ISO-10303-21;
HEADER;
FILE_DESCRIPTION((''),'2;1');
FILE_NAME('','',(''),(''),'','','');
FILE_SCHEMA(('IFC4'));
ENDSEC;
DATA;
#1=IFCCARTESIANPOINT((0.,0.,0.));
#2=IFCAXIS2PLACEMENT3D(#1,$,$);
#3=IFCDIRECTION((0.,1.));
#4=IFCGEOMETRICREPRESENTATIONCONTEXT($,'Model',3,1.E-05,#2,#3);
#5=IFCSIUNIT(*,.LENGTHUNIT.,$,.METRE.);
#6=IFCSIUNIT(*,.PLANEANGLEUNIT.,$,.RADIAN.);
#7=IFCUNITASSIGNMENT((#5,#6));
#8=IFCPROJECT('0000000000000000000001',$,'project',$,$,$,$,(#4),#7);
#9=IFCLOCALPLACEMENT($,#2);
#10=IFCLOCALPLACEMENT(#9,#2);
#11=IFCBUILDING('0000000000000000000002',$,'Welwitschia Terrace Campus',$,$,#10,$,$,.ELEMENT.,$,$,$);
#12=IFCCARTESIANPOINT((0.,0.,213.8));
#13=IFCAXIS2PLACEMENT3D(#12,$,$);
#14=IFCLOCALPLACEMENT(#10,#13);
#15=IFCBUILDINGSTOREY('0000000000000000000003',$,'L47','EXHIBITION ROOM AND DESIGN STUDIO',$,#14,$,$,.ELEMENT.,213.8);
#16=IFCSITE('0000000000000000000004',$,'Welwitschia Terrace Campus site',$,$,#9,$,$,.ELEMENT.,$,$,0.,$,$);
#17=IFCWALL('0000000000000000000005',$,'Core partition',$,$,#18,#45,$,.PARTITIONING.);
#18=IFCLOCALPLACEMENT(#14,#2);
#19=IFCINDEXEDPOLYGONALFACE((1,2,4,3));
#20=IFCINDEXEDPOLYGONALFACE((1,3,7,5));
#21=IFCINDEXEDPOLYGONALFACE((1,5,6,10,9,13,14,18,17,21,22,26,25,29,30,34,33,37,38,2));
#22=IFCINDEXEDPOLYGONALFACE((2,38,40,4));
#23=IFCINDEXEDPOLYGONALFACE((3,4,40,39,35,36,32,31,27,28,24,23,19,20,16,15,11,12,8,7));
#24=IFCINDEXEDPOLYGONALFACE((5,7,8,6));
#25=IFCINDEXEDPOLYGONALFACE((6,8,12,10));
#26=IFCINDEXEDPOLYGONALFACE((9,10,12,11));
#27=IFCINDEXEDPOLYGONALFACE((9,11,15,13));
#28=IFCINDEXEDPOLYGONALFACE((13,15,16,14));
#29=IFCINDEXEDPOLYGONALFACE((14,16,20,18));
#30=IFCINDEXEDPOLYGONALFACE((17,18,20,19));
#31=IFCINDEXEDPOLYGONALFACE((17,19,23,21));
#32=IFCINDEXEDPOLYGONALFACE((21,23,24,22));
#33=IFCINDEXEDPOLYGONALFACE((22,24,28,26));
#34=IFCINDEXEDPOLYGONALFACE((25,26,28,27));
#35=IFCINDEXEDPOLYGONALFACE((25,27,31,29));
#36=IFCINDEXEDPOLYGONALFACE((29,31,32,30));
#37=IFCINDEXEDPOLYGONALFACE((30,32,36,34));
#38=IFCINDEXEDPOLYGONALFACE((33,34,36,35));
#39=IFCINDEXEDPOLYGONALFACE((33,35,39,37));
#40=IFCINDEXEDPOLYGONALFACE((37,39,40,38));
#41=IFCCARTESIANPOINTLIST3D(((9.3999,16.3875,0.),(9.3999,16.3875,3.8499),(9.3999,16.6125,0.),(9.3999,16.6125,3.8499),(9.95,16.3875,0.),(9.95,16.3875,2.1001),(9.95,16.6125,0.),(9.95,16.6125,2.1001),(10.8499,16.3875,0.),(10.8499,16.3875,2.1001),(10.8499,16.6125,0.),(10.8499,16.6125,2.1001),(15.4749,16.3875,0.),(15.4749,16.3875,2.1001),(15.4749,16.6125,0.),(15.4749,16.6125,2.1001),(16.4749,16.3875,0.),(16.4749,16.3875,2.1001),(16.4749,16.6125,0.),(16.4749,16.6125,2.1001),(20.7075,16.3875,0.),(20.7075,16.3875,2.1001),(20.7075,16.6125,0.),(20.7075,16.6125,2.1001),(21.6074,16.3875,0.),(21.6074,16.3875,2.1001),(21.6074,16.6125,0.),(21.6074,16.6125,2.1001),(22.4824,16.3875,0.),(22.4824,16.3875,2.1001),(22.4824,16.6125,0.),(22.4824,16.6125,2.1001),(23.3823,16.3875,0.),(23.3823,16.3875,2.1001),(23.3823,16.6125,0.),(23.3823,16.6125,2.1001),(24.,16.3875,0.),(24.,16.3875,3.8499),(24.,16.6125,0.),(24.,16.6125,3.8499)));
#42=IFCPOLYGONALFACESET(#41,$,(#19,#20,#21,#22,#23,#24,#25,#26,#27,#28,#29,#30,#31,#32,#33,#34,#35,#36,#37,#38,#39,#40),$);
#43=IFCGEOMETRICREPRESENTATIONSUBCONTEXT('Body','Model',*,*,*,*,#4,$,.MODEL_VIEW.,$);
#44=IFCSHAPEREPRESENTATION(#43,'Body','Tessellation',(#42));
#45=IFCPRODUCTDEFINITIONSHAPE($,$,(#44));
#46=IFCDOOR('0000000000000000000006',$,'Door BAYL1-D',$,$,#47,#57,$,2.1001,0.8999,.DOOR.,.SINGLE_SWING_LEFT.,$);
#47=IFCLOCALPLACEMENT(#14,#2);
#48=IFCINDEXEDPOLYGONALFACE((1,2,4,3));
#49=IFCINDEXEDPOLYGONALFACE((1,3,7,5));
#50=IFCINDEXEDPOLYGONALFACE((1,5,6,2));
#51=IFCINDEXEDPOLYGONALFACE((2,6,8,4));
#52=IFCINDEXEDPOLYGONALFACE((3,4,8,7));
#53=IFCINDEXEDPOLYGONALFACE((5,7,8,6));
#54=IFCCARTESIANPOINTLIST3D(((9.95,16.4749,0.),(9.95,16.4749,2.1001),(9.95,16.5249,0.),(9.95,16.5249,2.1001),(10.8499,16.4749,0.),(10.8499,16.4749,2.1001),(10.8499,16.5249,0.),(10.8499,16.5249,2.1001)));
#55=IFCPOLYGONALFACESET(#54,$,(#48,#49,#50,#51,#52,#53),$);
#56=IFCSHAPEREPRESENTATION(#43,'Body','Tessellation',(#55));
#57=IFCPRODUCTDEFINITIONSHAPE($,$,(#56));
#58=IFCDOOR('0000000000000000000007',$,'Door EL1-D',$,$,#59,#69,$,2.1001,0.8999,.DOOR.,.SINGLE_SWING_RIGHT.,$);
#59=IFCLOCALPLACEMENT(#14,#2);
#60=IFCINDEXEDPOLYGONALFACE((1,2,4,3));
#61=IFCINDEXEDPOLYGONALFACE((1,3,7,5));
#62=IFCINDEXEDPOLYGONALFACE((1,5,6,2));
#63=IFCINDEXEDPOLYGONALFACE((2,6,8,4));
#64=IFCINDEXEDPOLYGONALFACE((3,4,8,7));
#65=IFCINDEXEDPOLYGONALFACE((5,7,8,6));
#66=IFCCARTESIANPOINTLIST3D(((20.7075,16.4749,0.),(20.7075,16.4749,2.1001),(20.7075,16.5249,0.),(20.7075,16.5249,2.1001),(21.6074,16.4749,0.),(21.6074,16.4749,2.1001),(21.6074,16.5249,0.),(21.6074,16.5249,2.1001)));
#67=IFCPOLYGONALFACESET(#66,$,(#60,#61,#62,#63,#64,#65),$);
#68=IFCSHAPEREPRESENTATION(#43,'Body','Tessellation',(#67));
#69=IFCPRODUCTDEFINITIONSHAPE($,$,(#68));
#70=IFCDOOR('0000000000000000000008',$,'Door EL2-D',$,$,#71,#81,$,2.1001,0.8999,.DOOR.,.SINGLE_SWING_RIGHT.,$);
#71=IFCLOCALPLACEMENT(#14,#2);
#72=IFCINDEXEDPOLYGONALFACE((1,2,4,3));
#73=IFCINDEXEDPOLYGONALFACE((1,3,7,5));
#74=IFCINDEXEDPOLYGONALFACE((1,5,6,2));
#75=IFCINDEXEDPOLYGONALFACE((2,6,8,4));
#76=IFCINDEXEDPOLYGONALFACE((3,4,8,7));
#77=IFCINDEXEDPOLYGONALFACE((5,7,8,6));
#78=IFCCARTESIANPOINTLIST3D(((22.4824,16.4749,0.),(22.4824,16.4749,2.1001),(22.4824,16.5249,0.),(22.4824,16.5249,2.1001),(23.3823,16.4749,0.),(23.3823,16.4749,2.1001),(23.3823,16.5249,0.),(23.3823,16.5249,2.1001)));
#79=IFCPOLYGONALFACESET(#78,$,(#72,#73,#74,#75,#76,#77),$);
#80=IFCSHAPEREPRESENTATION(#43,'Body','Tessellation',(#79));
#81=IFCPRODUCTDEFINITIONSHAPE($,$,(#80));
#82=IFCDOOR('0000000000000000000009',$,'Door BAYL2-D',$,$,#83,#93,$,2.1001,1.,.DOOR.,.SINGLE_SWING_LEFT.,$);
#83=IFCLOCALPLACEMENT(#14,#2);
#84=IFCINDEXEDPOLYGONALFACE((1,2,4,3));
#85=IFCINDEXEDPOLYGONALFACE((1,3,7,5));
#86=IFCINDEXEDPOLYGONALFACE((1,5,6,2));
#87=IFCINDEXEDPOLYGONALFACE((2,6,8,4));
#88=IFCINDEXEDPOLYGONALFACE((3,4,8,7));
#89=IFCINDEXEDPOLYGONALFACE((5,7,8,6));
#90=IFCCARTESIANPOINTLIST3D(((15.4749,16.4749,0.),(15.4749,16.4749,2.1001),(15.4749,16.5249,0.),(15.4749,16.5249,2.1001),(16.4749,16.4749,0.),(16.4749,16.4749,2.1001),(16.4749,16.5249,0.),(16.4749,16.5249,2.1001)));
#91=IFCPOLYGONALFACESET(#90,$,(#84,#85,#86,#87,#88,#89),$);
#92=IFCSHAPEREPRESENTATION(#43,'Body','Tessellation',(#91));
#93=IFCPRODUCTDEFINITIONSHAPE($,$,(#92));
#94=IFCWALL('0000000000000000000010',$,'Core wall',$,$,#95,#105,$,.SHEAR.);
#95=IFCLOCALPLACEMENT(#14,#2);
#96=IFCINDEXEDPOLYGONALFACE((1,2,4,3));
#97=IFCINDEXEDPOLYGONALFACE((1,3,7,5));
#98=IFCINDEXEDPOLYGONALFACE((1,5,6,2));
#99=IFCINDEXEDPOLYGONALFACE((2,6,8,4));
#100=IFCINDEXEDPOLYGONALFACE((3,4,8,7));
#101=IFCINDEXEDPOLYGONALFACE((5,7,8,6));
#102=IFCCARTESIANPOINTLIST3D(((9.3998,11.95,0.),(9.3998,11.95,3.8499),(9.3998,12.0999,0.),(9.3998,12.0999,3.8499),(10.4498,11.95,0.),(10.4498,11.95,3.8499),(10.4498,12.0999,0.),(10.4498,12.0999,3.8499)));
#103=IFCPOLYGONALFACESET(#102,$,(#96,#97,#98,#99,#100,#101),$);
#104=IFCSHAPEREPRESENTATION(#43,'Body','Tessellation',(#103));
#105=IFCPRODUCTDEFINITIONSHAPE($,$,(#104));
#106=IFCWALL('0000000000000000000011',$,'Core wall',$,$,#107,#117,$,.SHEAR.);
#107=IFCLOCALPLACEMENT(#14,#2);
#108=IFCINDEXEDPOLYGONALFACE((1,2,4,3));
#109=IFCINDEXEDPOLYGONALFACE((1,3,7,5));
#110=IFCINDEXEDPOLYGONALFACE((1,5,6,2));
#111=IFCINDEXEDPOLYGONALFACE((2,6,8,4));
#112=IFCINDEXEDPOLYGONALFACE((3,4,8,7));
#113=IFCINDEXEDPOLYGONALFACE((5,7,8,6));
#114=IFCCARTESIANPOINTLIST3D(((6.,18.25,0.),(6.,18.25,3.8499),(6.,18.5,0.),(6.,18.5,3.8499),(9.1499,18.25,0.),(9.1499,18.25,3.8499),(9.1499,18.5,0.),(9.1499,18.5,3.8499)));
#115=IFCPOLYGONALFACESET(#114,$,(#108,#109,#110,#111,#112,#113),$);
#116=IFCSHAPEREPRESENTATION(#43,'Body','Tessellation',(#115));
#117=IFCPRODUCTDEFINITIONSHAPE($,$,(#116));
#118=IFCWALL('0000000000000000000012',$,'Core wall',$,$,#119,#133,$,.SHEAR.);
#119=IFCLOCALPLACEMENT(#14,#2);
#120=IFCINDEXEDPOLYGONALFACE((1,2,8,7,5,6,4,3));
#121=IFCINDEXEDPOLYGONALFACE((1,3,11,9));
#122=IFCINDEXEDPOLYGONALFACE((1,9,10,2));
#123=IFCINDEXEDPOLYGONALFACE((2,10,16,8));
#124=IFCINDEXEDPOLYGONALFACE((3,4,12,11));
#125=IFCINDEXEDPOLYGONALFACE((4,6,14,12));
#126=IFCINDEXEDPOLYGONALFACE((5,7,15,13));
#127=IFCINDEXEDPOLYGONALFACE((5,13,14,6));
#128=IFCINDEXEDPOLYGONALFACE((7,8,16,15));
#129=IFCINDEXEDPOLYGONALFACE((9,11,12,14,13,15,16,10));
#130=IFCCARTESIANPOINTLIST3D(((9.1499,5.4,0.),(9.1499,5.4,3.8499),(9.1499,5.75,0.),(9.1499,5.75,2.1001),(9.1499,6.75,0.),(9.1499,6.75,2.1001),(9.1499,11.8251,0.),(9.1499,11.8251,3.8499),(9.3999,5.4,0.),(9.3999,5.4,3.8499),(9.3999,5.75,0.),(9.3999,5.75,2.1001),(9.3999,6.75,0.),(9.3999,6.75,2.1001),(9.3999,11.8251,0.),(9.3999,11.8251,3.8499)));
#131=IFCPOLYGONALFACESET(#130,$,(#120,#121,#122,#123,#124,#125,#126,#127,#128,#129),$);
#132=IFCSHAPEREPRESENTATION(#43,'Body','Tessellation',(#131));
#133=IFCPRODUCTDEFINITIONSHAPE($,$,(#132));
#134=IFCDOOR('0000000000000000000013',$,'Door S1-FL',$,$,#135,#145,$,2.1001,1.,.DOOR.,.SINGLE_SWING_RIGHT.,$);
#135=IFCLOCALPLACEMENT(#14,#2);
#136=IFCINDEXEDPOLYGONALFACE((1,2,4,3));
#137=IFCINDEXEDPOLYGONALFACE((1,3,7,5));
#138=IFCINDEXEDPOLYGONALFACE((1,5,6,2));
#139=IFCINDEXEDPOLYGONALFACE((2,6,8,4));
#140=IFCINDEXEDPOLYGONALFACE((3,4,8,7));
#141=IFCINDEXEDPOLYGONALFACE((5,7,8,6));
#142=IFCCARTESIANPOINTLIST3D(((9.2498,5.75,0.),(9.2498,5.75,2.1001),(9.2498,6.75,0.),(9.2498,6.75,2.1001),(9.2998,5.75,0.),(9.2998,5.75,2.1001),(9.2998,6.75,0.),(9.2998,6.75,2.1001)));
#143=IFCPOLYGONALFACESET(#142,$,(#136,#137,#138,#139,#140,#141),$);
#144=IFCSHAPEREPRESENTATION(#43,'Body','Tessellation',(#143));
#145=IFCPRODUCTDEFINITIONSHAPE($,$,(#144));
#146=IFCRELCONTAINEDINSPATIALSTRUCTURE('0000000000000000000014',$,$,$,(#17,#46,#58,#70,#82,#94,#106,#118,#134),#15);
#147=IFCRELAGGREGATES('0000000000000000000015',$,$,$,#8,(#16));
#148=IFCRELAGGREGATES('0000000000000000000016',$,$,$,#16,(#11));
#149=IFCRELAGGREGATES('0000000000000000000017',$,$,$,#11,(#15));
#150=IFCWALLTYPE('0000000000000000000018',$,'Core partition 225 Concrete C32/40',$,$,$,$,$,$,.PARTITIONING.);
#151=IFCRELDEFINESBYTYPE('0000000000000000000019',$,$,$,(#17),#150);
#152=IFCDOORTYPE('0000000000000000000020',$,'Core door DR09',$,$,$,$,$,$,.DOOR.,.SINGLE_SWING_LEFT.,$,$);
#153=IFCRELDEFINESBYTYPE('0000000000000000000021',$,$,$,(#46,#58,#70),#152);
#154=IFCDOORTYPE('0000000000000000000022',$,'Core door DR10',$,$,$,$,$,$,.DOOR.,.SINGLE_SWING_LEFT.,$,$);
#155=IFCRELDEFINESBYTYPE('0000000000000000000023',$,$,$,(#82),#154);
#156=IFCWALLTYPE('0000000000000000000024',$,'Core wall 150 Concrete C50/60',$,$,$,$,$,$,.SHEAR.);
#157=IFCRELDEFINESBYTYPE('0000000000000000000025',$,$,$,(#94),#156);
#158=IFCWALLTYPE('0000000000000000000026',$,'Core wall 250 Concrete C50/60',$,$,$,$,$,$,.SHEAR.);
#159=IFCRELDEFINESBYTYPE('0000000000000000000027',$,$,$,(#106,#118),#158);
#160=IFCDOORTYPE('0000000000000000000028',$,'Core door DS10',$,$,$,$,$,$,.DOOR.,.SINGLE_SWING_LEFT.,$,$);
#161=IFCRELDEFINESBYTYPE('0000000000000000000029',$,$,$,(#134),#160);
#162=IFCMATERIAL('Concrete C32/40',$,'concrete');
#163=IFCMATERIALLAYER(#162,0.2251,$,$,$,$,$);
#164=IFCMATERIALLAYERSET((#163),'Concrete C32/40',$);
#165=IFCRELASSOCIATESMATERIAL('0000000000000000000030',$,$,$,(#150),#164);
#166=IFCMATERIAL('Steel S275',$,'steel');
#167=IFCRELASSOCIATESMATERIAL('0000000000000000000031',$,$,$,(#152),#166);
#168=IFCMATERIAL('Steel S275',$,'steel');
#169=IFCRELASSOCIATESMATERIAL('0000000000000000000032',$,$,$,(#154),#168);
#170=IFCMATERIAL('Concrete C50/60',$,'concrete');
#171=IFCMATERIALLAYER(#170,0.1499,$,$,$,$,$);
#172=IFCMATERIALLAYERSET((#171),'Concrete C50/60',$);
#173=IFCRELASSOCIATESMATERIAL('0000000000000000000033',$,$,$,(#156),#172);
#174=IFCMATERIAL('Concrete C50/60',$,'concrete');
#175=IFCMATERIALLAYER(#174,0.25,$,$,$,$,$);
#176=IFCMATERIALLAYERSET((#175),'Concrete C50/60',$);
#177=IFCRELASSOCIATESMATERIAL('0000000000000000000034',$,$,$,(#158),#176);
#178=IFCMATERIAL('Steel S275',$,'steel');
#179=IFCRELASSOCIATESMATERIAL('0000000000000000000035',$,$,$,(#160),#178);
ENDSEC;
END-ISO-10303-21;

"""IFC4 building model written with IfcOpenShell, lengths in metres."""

from ifc_helpers import new_model, si_unit, direction, frame, frame_2d, origin, place, context, subcontext, project, spatial, rectangle, extrude, material, layer, layer_set, type_object, element, fill, save


model = new_model("IFC4")

# Units and contexts
model_context = context("Model", 3, precision=1e-05, world=origin(), true_north=direction((0.0, 1.0)))
body_context = subcontext(model_context, "Body", "Model", "MODEL_VIEW")
ifc_project = project(units=[si_unit("LENGTHUNIT", "METRE"), si_unit("PLANEANGLEUNIT", "RADIAN")], contexts=[model_context])

# Site, building, storey
site_placement = place(None, origin())
site = spatial("IfcSite", under=ifc_project, at=site_placement, Name="Welwitschia Terrace Campus site", CompositionType="ELEMENT", RefElevation=0.0)
building_placement = place(site_placement, origin())
building = spatial("IfcBuilding", under=site, at=building_placement, Name="Welwitschia Terrace Campus", CompositionType="ELEMENT")
storey_placement = place(building_placement, frame((0.0, 0.0, 213.8)))
storey = spatial("IfcBuildingStorey", under=building, at=storey_placement, Name="L47", Description="EXHIBITION ROOM AND DESIGN STUDIO", CompositionType="ELEMENT", Elevation=213.8)

# Shared definitions
ifc_material_1 = material(Name="Concrete C32/40", Category="concrete")
ifc_layer_1 = layer(ifc_material_1, 0.2251)
ifc_layer_set_1 = layer_set([ifc_layer_1], Name="Concrete C32/40")
wall_type_1 = type_object("IfcWallType", Name="Core partition 225 Concrete C32/40", PredefinedType="PARTITIONING", material=ifc_layer_set_1)

# Wall, openings, doors
wall_1_placement = place(storey_placement, frame((9.3999, 16.5, 0.0), z_axis=(0.0, 0.0, 1.0), x_axis=(1.0, 0.0, 0.0)))
wall_1 = element("IfcWall", 1, at=wall_1_placement, inside=storey, type_object=wall_type_1, Name="Core partition", PredefinedType="PARTITIONING", context=body_context, shape_type="SweptSolid", body=[
    extrude(rectangle(XDim=14.6001, YDim=0.2251, at=frame_2d((7.3, 0.0))), origin(), (0.0, 0.0, 1.0), 3.8499),
])
opening_1_placement = place(wall_1_placement, frame((0.55, 0.0, 0.0)))
opening_1 = element("IfcOpeningElement", 2, at=opening_1_placement, cuts=wall_1, PredefinedType="OPENING", context=body_context, shape_type="SweptSolid", body=[
    extrude(rectangle(XDim=0.8999, YDim=2.1001, at=frame_2d((0.45, 1.05))), frame((0.0, 0.1226, 0.0), z_axis=(0.0, -1.0, 0.0), x_axis=(1.0, 0.0, 0.0)), (0.0, 0.0, 1.0), 0.2451),
])
opening_2_placement = place(wall_1_placement, frame((6.075, 0.0, 0.0)))
opening_2 = element("IfcOpeningElement", 3, at=opening_2_placement, cuts=wall_1, PredefinedType="OPENING", context=body_context, shape_type="SweptSolid", body=[
    extrude(rectangle(XDim=1.0, YDim=2.1001, at=frame_2d((0.5, 1.05))), frame((0.0, 0.1226, 0.0), z_axis=(0.0, -1.0, 0.0), x_axis=(1.0, 0.0, 0.0)), (0.0, 0.0, 1.0), 0.2451),
])
opening_3_placement = place(wall_1_placement, frame((11.3076, 0.0, 0.0)))
opening_3 = element("IfcOpeningElement", 4, at=opening_3_placement, cuts=wall_1, PredefinedType="OPENING", context=body_context, shape_type="SweptSolid", body=[
    extrude(rectangle(XDim=0.8999, YDim=2.1001, at=frame_2d((0.45, 1.05))), frame((0.0, 0.1226, 0.0), z_axis=(0.0, -1.0, 0.0), x_axis=(1.0, 0.0, 0.0)), (0.0, 0.0, 1.0), 0.2451),
])
opening_4_placement = place(wall_1_placement, frame((13.0825, 0.0, 0.0)))
opening_4 = element("IfcOpeningElement", 5, at=opening_4_placement, cuts=wall_1, PredefinedType="OPENING", context=body_context, shape_type="SweptSolid", body=[
    extrude(rectangle(XDim=0.8999, YDim=2.1001, at=frame_2d((0.45, 1.05))), frame((0.0, 0.1226, 0.0), z_axis=(0.0, -1.0, 0.0), x_axis=(1.0, 0.0, 0.0)), (0.0, 0.0, 1.0), 0.2451),
])
ifc_material_2 = material(Name="Steel S275", Category="steel")
door_type_1 = type_object("IfcDoorType", Name="Core door DR09", OperationType="SINGLE_SWING_LEFT", PredefinedType="DOOR", material=ifc_material_2)
door_1_placement = place(opening_1_placement, origin())
door_1 = element("IfcDoor", 6, at=door_1_placement, inside=storey, type_object=door_type_1, Name="Door BAYL1-D", OperationType="SINGLE_SWING_LEFT", OverallHeight=2.1001, OverallWidth=0.8999, PredefinedType="DOOR", context=body_context, shape_type="SweptSolid", body=[
    extrude(rectangle(XDim=0.8999, YDim=2.1001, at=frame_2d((0.45, 1.05))), frame((0.0, 0.0249, 0.0), z_axis=(0.0, -1.0, 0.0), x_axis=(1.0, 0.0, 0.0)), (0.0, 0.0, 1.0), 0.05),
])
fill(opening_1, door_1)
door_2_placement = place(opening_3_placement, origin())
door_2 = element("IfcDoor", 7, at=door_2_placement, inside=storey, type_object=door_type_1, Name="Door EL1-D", OperationType="SINGLE_SWING_RIGHT", OverallHeight=2.1001, OverallWidth=0.8999, PredefinedType="DOOR", context=body_context, shape_type="SweptSolid", body=[
    extrude(rectangle(XDim=0.8999, YDim=2.1001, at=frame_2d((0.45, 1.05))), frame((0.0, 0.0249, 0.0), z_axis=(0.0, -1.0, 0.0), x_axis=(1.0, 0.0, 0.0)), (0.0, 0.0, 1.0), 0.05),
])
fill(opening_3, door_2)
door_3_placement = place(opening_4_placement, origin())
door_3 = element("IfcDoor", 8, at=door_3_placement, inside=storey, type_object=door_type_1, Name="Door EL2-D", OperationType="SINGLE_SWING_RIGHT", OverallHeight=2.1001, OverallWidth=0.8999, PredefinedType="DOOR", context=body_context, shape_type="SweptSolid", body=[
    extrude(rectangle(XDim=0.8999, YDim=2.1001, at=frame_2d((0.45, 1.05))), frame((0.0, 0.0249, 0.0), z_axis=(0.0, -1.0, 0.0), x_axis=(1.0, 0.0, 0.0)), (0.0, 0.0, 1.0), 0.05),
])
fill(opening_4, door_3)
ifc_material_3 = material(Name="Steel S275", Category="steel")
door_type_2 = type_object("IfcDoorType", Name="Core door DR10", OperationType="SINGLE_SWING_LEFT", PredefinedType="DOOR", material=ifc_material_3)
door_4_placement = place(opening_2_placement, origin())
door_4 = element("IfcDoor", 9, at=door_4_placement, inside=storey, type_object=door_type_2, Name="Door BAYL2-D", OperationType="SINGLE_SWING_LEFT", OverallHeight=2.1001, OverallWidth=1.0, PredefinedType="DOOR", context=body_context, shape_type="SweptSolid", body=[
    extrude(rectangle(XDim=1.0, YDim=2.1001, at=frame_2d((0.5, 1.05))), frame((0.0, 0.0249, 0.0), z_axis=(0.0, -1.0, 0.0), x_axis=(1.0, 0.0, 0.0)), (0.0, 0.0, 1.0), 0.05),
])
fill(opening_2, door_4)

# Walls
ifc_material_4 = material(Name="Concrete C50/60", Category="concrete")
ifc_layer_2 = layer(ifc_material_4, 0.1499)
ifc_layer_set_2 = layer_set([ifc_layer_2], Name="Concrete C50/60")
wall_type_2 = type_object("IfcWallType", Name="Core wall 150 Concrete C50/60", PredefinedType="SHEAR", material=ifc_layer_set_2)
wall_2_placement = place(storey_placement, frame((9.3999, 12.0249, 0.0), z_axis=(0.0, 0.0, 1.0), x_axis=(1.0, 0.0, 0.0)))
element("IfcWall", 10, at=wall_2_placement, inside=storey, type_object=wall_type_2, Name="Core wall", PredefinedType="SHEAR", context=body_context, shape_type="SweptSolid", body=[
    extrude(rectangle(XDim=1.05, YDim=0.1499, at=frame_2d((0.5249, 0.0))), origin(), (0.0, 0.0, 1.0), 3.8499),
])
ifc_material_5 = material(Name="Concrete C50/60", Category="concrete")
ifc_layer_3 = layer(ifc_material_5, 0.25)
ifc_layer_set_3 = layer_set([ifc_layer_3], Name="Concrete C50/60")
wall_type_3 = type_object("IfcWallType", Name="Core wall 250 Concrete C50/60", PredefinedType="SHEAR", material=ifc_layer_set_3)
wall_3_placement = place(storey_placement, frame((6.0, 18.375, 0.0), z_axis=(0.0, 0.0, 1.0), x_axis=(1.0, 0.0, 0.0)))
element("IfcWall", 11, at=wall_3_placement, inside=storey, type_object=wall_type_3, Name="Core wall", PredefinedType="SHEAR", context=body_context, shape_type="SweptSolid", body=[
    extrude(rectangle(XDim=3.1499, YDim=0.25, at=frame_2d((1.575, 0.0))), origin(), (0.0, 0.0, 1.0), 3.8499),
])

# Wall, opening, door
wall_4_placement = place(storey_placement, frame((9.2749, 11.825, 0.0), z_axis=(0.0, 0.0, 1.0), x_axis=(0.0, -1.0, 0.0)))
wall_4 = element("IfcWall", 12, at=wall_4_placement, inside=storey, type_object=wall_type_3, Name="Core wall", PredefinedType="SHEAR", context=body_context, shape_type="SweptSolid", body=[
    extrude(rectangle(XDim=6.425, YDim=0.25, at=frame_2d((3.2124, 0.0))), origin(), (0.0, 0.0, 1.0), 3.8499),
])
opening_5_placement = place(wall_4_placement, frame((5.075, 0.0, 0.0)))
opening_5 = element("IfcOpeningElement", 13, at=opening_5_placement, cuts=wall_4, PredefinedType="OPENING", context=body_context, shape_type="SweptSolid", body=[
    extrude(rectangle(XDim=1.0, YDim=2.1001, at=frame_2d((0.5, 1.05))), frame((0.0, 0.135, 0.0), z_axis=(0.0, -1.0, 0.0), x_axis=(1.0, 0.0, 0.0)), (0.0, 0.0, 1.0), 0.27),
])
ifc_material_6 = material(Name="Steel S275", Category="steel")
door_type_3 = type_object("IfcDoorType", Name="Core door DS10", OperationType="SINGLE_SWING_LEFT", PredefinedType="DOOR", material=ifc_material_6)
door_5_placement = place(opening_5_placement, origin())
door_5 = element("IfcDoor", 14, at=door_5_placement, inside=storey, type_object=door_type_3, Name="Door S1-FL", OperationType="SINGLE_SWING_RIGHT", OverallHeight=2.1001, OverallWidth=1.0, PredefinedType="DOOR", context=body_context, shape_type="SweptSolid", body=[
    extrude(rectangle(XDim=1.0, YDim=2.1001, at=frame_2d((0.5, 1.05))), frame((0.0, 0.0249, 0.0), z_axis=(0.0, -1.0, 0.0), x_axis=(1.0, 0.0, 0.0)), (0.0, 0.0, 1.0), 0.05),
])
fill(opening_5, door_5)

save(model, "model.ifc")
